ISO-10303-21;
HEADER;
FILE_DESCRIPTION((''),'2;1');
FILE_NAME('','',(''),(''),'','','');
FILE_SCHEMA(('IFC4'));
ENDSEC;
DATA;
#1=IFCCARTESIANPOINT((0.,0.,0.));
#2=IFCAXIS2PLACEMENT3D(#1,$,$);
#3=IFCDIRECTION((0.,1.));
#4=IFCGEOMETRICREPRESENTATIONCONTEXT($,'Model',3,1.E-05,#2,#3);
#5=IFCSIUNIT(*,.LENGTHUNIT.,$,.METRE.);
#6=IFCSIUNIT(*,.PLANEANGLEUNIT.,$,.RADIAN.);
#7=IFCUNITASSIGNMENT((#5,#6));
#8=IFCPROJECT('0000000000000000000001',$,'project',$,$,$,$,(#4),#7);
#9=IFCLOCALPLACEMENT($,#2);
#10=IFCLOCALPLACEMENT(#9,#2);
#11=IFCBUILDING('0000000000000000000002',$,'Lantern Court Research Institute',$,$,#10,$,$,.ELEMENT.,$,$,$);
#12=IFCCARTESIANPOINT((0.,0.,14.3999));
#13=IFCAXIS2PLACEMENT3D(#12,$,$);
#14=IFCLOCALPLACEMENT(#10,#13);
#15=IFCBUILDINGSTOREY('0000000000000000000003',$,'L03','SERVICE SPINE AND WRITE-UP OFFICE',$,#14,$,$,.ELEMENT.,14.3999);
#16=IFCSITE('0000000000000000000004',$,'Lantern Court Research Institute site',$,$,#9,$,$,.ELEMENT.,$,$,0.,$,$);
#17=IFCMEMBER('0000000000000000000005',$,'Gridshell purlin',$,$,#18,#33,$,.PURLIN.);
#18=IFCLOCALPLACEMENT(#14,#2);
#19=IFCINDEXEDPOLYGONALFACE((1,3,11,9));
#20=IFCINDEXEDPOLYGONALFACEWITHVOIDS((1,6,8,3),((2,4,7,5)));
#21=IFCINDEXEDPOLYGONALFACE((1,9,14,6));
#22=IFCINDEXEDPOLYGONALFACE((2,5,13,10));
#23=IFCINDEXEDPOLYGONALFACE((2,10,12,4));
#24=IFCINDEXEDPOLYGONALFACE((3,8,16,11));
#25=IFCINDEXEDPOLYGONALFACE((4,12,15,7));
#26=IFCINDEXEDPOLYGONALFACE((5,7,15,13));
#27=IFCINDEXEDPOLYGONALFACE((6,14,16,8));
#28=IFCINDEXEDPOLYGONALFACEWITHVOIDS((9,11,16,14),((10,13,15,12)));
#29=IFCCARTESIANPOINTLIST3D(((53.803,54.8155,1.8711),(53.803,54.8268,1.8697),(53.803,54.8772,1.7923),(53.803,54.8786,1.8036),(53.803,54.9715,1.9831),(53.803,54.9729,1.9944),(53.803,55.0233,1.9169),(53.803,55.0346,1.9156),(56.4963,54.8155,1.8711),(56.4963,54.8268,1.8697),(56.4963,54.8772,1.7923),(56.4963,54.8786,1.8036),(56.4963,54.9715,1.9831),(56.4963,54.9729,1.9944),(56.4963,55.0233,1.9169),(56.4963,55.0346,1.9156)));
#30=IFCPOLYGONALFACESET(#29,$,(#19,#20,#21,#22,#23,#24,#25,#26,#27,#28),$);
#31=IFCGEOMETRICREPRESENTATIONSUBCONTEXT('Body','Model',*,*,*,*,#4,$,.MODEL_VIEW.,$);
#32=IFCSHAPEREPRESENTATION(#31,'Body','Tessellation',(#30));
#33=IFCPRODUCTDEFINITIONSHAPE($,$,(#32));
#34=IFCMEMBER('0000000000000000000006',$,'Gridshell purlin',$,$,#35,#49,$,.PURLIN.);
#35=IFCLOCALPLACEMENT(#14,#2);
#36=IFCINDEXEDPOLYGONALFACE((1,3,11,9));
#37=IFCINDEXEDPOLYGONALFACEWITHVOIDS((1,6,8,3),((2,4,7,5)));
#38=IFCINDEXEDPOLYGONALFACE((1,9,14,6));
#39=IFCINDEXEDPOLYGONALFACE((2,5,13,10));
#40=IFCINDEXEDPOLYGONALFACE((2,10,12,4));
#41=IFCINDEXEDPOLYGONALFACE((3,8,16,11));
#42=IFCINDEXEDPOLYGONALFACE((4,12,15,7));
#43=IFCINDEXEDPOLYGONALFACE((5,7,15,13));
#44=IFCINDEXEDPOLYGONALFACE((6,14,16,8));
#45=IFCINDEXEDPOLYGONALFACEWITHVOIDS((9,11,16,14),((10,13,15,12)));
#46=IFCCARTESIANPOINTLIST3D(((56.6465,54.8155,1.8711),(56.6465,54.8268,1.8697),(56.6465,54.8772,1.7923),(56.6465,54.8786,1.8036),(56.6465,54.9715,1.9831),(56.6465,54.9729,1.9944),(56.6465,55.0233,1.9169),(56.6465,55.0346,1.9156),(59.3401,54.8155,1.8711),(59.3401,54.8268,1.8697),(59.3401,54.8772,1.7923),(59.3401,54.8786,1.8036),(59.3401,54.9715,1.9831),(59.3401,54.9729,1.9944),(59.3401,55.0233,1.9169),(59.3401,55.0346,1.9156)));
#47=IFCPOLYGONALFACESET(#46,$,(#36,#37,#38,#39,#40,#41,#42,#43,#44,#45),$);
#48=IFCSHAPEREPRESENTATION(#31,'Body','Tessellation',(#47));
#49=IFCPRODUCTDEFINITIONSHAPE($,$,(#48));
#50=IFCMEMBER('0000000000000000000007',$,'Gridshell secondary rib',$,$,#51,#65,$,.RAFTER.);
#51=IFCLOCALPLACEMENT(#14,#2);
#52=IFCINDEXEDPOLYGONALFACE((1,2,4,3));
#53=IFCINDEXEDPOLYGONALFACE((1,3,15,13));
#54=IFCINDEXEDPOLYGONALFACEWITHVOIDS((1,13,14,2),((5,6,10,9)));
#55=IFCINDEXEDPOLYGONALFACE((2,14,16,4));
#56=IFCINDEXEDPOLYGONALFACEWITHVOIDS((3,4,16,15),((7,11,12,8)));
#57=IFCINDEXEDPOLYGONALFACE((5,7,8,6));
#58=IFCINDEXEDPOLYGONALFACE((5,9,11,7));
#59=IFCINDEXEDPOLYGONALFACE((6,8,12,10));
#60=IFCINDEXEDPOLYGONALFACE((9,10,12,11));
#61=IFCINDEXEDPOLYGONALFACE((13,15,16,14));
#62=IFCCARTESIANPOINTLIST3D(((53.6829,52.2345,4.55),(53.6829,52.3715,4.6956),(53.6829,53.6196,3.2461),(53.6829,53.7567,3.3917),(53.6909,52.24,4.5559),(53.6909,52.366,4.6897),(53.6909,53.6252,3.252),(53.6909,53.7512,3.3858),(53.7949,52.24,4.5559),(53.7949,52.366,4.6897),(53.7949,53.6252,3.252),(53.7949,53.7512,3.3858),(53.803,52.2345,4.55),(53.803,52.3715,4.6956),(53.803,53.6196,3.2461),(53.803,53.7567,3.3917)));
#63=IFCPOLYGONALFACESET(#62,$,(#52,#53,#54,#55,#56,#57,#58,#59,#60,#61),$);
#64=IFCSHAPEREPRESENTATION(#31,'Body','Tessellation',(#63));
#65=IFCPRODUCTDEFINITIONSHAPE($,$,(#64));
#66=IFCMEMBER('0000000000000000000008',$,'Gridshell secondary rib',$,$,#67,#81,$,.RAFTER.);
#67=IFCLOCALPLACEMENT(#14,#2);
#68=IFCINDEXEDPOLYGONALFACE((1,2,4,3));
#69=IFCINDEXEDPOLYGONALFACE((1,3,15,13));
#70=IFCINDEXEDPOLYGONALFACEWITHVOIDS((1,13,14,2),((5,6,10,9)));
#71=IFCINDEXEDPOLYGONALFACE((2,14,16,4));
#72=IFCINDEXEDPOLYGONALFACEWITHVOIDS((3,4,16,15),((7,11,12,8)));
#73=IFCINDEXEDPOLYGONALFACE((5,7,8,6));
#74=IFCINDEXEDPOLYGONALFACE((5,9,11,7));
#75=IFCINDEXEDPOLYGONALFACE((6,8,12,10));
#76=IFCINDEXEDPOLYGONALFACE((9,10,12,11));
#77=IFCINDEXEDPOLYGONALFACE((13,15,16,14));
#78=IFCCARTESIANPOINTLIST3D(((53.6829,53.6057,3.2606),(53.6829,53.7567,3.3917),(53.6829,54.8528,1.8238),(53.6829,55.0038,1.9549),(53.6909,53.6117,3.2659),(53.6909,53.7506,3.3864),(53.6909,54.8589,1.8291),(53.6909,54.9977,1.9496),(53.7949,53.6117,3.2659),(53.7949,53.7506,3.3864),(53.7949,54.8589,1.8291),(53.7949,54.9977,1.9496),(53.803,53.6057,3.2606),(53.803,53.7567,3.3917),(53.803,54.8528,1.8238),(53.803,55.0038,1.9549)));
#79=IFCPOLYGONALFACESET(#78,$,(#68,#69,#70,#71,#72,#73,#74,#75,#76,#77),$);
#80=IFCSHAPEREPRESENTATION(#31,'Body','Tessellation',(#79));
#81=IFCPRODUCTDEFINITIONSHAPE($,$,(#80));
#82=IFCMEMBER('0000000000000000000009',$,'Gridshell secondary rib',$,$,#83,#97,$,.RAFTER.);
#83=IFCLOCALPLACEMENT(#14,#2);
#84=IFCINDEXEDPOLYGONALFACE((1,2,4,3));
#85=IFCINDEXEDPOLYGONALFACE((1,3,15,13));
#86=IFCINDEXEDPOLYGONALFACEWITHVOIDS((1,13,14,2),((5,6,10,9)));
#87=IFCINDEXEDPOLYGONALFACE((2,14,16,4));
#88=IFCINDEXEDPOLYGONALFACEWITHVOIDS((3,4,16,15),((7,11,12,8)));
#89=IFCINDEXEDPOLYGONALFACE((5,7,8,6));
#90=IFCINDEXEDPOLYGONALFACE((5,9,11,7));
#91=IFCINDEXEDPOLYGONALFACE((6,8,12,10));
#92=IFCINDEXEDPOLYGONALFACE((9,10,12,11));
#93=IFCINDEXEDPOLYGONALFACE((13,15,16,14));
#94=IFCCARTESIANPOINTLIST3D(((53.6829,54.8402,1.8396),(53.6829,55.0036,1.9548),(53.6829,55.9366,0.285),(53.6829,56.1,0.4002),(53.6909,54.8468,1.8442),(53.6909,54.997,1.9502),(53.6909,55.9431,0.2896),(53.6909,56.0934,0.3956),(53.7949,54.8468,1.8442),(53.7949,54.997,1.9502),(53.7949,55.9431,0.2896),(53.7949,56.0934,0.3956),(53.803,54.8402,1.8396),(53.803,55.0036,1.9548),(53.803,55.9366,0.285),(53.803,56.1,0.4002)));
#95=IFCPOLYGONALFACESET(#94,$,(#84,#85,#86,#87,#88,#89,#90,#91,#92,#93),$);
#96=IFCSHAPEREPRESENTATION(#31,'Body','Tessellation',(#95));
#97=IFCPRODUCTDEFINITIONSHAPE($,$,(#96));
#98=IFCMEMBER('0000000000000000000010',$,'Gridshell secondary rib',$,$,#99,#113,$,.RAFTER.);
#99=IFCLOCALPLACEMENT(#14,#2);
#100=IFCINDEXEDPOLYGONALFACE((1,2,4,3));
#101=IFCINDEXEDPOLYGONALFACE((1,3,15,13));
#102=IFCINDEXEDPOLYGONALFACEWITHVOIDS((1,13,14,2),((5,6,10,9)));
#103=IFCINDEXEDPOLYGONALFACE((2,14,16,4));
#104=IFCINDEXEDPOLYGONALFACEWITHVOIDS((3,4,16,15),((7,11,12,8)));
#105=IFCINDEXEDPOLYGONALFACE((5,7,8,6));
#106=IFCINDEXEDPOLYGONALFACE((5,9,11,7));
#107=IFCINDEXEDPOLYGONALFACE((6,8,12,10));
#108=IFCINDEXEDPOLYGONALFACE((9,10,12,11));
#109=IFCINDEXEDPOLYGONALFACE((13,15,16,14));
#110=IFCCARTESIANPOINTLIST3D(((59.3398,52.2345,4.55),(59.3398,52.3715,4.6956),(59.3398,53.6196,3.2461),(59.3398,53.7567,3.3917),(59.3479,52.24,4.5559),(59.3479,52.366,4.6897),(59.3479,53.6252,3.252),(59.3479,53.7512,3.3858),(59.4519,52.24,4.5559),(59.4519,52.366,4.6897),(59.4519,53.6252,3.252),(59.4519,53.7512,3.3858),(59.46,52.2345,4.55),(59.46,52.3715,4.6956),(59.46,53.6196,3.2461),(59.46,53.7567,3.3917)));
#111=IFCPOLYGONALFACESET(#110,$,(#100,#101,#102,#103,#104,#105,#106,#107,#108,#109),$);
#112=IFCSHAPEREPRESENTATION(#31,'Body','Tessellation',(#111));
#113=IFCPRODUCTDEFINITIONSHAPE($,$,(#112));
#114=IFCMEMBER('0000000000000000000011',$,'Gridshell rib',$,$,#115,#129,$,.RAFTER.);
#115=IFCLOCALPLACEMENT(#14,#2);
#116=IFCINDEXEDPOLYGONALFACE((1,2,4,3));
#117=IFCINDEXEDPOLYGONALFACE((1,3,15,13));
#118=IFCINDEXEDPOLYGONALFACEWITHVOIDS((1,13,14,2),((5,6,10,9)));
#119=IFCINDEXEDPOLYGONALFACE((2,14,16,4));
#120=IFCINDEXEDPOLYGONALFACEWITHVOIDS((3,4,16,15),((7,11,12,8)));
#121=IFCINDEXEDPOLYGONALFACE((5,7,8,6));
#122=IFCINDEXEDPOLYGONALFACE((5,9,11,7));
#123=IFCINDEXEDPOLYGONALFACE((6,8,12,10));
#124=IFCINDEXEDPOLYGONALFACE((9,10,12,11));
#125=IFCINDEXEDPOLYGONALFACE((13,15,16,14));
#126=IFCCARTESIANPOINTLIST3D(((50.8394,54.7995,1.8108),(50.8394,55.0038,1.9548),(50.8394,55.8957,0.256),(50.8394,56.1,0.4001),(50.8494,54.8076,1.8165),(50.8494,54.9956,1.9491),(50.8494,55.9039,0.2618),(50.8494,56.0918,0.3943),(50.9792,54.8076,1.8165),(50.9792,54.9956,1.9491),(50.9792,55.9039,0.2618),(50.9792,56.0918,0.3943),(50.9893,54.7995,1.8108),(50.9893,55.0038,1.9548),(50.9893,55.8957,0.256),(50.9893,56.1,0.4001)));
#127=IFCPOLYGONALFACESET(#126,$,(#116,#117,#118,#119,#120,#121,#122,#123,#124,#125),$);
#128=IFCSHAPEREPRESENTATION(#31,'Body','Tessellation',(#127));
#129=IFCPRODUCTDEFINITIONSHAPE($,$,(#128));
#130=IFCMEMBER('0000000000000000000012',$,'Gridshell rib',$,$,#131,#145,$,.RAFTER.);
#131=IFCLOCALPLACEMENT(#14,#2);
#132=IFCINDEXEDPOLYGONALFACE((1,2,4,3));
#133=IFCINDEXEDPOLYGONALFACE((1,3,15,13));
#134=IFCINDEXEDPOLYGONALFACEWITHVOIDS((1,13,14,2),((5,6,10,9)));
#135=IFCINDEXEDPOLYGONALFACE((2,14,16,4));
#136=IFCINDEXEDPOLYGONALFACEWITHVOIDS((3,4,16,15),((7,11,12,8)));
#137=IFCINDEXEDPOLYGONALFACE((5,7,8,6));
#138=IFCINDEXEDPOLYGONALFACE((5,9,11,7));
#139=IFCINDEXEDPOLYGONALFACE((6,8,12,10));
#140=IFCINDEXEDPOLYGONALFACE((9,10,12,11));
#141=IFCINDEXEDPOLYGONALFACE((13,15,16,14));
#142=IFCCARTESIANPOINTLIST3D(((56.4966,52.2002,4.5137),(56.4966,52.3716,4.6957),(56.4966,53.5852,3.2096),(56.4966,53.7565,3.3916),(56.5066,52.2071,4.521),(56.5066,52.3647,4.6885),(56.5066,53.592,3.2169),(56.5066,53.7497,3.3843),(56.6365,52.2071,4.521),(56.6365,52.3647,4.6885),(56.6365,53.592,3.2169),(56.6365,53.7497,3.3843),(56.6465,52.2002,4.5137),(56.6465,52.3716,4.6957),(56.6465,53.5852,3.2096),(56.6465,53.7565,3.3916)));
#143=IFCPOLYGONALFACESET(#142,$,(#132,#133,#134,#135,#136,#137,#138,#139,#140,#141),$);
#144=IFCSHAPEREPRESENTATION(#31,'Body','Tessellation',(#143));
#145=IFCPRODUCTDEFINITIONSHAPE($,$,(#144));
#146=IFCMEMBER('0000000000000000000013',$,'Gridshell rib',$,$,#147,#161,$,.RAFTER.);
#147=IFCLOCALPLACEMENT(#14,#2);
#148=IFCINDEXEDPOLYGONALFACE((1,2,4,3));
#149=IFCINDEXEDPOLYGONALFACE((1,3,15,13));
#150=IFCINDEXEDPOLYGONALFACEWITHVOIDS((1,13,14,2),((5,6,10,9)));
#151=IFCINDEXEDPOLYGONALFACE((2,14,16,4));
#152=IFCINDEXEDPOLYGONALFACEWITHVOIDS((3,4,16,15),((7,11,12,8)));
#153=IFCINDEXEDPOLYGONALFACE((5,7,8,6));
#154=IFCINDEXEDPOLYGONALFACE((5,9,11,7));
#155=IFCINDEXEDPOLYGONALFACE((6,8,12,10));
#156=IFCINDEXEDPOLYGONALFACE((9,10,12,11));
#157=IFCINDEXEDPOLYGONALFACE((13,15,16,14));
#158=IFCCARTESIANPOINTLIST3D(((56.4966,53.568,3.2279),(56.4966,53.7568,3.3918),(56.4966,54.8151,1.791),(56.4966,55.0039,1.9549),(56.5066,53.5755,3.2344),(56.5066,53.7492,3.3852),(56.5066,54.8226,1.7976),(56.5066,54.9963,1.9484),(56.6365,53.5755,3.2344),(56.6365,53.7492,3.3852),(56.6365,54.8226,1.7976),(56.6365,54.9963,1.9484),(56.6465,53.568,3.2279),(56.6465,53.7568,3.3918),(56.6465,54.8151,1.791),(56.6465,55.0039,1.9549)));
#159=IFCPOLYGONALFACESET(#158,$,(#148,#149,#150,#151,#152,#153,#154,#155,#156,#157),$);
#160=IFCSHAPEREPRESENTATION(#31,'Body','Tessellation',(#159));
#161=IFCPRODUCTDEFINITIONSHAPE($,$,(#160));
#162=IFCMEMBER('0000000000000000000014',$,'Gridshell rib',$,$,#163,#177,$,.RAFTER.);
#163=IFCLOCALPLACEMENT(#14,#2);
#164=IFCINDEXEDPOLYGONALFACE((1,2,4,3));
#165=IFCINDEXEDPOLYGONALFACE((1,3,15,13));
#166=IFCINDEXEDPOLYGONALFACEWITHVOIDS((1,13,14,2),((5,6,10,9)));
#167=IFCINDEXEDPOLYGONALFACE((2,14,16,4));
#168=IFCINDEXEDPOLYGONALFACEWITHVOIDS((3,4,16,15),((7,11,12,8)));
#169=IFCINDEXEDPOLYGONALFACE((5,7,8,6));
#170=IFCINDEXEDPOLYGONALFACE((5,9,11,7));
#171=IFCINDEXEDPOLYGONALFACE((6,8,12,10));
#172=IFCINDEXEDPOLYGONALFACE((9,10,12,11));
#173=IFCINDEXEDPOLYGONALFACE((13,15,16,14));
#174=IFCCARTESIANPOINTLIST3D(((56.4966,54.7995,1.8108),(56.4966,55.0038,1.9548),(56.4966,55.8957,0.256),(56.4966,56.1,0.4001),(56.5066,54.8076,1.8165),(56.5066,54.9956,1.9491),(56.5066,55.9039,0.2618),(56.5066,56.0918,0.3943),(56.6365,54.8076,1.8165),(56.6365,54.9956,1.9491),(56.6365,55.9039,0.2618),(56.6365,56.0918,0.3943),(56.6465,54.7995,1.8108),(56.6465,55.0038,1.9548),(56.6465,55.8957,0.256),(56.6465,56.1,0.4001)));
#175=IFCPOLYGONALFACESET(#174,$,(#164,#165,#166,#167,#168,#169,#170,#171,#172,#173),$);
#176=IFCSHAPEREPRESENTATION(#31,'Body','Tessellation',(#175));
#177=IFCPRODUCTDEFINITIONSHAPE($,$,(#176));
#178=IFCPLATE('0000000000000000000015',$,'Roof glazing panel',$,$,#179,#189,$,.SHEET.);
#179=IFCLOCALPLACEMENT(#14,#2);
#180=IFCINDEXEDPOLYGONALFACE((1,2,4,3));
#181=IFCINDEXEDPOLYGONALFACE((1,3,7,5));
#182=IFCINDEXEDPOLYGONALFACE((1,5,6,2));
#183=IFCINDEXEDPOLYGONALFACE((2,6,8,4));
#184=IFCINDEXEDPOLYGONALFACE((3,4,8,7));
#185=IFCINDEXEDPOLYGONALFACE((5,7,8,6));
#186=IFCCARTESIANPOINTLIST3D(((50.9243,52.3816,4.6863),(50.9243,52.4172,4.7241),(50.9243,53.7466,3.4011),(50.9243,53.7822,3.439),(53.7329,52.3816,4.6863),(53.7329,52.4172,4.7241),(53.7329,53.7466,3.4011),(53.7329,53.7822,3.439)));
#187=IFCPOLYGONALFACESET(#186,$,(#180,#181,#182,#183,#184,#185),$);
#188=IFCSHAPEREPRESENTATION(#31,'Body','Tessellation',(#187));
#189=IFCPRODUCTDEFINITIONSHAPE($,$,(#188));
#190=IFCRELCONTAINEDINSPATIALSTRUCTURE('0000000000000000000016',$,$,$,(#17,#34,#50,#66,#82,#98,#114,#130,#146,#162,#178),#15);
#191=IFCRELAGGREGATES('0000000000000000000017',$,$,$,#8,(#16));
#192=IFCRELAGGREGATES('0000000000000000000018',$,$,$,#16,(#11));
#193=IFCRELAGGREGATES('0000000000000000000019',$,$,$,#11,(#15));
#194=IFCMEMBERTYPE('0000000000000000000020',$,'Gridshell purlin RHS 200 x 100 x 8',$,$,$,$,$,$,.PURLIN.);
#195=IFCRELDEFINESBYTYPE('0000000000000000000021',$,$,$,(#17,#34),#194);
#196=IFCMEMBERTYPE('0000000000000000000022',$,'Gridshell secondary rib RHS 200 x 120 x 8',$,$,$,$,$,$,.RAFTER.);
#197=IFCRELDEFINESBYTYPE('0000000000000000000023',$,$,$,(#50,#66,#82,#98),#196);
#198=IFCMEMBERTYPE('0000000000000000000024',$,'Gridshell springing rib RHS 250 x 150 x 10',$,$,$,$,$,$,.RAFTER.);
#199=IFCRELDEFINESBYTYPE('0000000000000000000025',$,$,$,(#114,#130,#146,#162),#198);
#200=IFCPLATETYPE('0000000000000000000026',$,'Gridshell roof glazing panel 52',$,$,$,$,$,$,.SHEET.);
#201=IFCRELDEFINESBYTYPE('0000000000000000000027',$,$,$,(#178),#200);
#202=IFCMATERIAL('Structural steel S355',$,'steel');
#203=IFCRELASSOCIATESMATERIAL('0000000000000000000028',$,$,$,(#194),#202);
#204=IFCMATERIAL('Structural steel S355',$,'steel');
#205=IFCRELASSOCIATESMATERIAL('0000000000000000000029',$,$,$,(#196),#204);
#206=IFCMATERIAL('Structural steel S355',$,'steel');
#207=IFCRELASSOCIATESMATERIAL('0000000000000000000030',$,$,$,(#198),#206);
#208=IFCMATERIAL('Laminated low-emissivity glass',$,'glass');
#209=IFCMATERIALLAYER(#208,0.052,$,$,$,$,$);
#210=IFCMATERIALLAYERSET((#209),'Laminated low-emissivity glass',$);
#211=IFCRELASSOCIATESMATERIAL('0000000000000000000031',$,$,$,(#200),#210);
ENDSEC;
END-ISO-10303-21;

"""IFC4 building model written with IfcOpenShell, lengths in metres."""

from ifc_helpers import new_model, si_unit, direction, frame, origin, origin_2d, place, context, subcontext, project, spatial, polyline, hollow_rectangle, outline, extrude, material, layer, layer_set, material_profile, profile_set, type_object, element, save


model = new_model("IFC4")

# Units and contexts
model_context = context("Model", 3, precision=1e-05, world=origin(), true_north=direction((0.0, 1.0)))
body_context = subcontext(model_context, "Body", "Model", "MODEL_VIEW")
ifc_project = project(units=[si_unit("LENGTHUNIT", "METRE"), si_unit("PLANEANGLEUNIT", "RADIAN")], contexts=[model_context])

# Site, building, storey
site_placement = place(None, origin())
site = spatial("IfcSite", under=ifc_project, at=site_placement, Name="Lantern Court Research Institute site", CompositionType="ELEMENT", RefElevation=0.0)
building_placement = place(site_placement, origin())
building = spatial("IfcBuilding", under=site, at=building_placement, Name="Lantern Court Research Institute", CompositionType="ELEMENT")
storey_placement = place(building_placement, frame((0.0, 0.0, 14.3999)))
storey = spatial("IfcBuildingStorey", under=building, at=storey_placement, Name="L03", Description="SERVICE SPINE AND WRITE-UP OFFICE", CompositionType="ELEMENT", Elevation=14.3999)

# Members
ifc_material_1 = material(Name="Structural steel S355", Category="steel")
ifc_material_profile_1 = material_profile(ifc_material_1, hollow_rectangle(XDim=0.1001, YDim=0.2, WallThickness=0.0081, at=origin_2d()), Name="Gridshell purlin RHS 200 x 100 x 8")
ifc_profile_set_1 = profile_set([ifc_material_profile_1], Name="Structural steel S355")
member_type_1 = type_object("IfcMemberType", Name="Gridshell purlin RHS 200 x 100 x 8", PredefinedType="PURLIN", material=ifc_profile_set_1)
member_1_placement = place(storey_placement, frame((53.803, 54.925, 1.8933), z_axis=(1.0, 0.0, 0.0), x_axis=(0.0, 0.616657, -0.787232)))
element("IfcMember", 1, at=member_1_placement, inside=storey, type_object=member_type_1, Name="Gridshell purlin", PredefinedType="PURLIN", context=body_context, shape_type="SweptSolid", body=[
    extrude(hollow_rectangle(XDim=0.1001, YDim=0.2, WallThickness=0.0081, at=origin_2d()), origin(), (0.0, 0.0, 1.0), 2.6934),
])
member_2_placement = place(storey_placement, frame((56.6465, 54.925, 1.8933), z_axis=(1.0, 0.0, 0.0), x_axis=(0.0, 0.616657, -0.787232)))
element("IfcMember", 2, at=member_2_placement, inside=storey, type_object=member_type_1, Name="Gridshell purlin", PredefinedType="PURLIN", context=body_context, shape_type="SweptSolid", body=[
    extrude(hollow_rectangle(XDim=0.1001, YDim=0.2, WallThickness=0.0081, at=origin_2d()), origin(), (0.0, 0.0, 1.0), 2.6936),
])
ifc_material_2 = material(Name="Structural steel S355", Category="steel")
ifc_material_profile_2 = material_profile(ifc_material_2, hollow_rectangle(XDim=0.1201, YDim=0.2, WallThickness=0.0081, at=origin_2d()), Name="Gridshell secondary rib RHS 200 x 120 x 8")
ifc_profile_set_2 = profile_set([ifc_material_profile_2], Name="Structural steel S355")
member_type_2 = type_object("IfcMemberType", Name="Gridshell secondary rib RHS 200 x 120 x 8", PredefinedType="RAFTER", material=ifc_profile_set_2)
member_3_placement = place(storey_placement, frame((53.7429, 52.303, 4.6228), z_axis=(0.0, 0.728151, -0.685417), x_axis=(-1.0, 0.0, 0.0)))
element("IfcMember", 3, at=member_3_placement, inside=storey, type_object=member_type_2, Name="Gridshell secondary rib", PredefinedType="RAFTER", context=body_context, shape_type="SweptSolid", body=[
    extrude(hollow_rectangle(XDim=0.1201, YDim=0.2, WallThickness=0.0081, at=origin_2d()), origin(), (0.0, 0.0, 1.0), 1.9023),
])
member_4_placement = place(storey_placement, frame((53.7429, 53.6812, 3.3262), z_axis=(0.0, 0.655492, -0.755202), x_axis=(-1.0, 0.0, 0.0)))
element("IfcMember", 4, at=member_4_placement, inside=storey, type_object=member_type_2, Name="Gridshell secondary rib", PredefinedType="RAFTER", context=body_context, shape_type="SweptSolid", body=[
    extrude(hollow_rectangle(XDim=0.1201, YDim=0.2, WallThickness=0.0081, at=origin_2d()), origin(), (0.0, 0.0, 1.0), 1.9026),
])
for number, where, z_axis, x_axis, name in (
    (5, (53.7429, 54.9219, 1.8972), (0.0, 0.576335, -0.817213), (-1.0, 0.0, 0.0), "Gridshell secondary rib"),
    (6, (59.3999, 52.303, 4.6228), (0.0, 0.728151, -0.685417), (-1.0, 0.0, 0.0), "Gridshell secondary rib"),
):
    element("IfcMember", number, at=place(storey_placement, frame(where, z_axis=z_axis, x_axis=x_axis)), inside=storey, type_object=member_type_2, Name=name, PredefinedType="RAFTER", context=body_context, shape_type="SweptSolid", body=[
        extrude(hollow_rectangle(XDim=0.1201, YDim=0.2, WallThickness=0.0081, at=origin_2d()), origin(), (0.0, 0.0, 1.0), 1.9023),
    ])
ifc_material_3 = material(Name="Structural steel S355", Category="steel")
ifc_material_profile_3 = material_profile(ifc_material_3, hollow_rectangle(XDim=0.1499, YDim=0.25, WallThickness=0.01, at=origin_2d()), Name="Gridshell springing rib RHS 250 x 150 x 10")
ifc_profile_set_3 = profile_set([ifc_material_profile_3], Name="Structural steel S355")
member_type_3 = type_object("IfcMemberType", Name="Gridshell springing rib RHS 250 x 150 x 10", PredefinedType="RAFTER", material=ifc_profile_set_3)
for number, where, z_axis, x_axis, name in (
    (7, (50.9143, 54.9016, 1.8828), (0.0, 0.57625, -0.817274), (-1.0, 0.0, 0.0), "Gridshell rib"),
    (8, (56.5715, 52.2859, 4.6047), (0.0, 0.728027, -0.685549), (-1.0, 0.0, 0.0), "Gridshell rib"),
):
    element("IfcMember", number, at=place(storey_placement, frame(where, z_axis=z_axis, x_axis=x_axis)), inside=storey, type_object=member_type_3, Name=name, PredefinedType="RAFTER", context=body_context, shape_type="SweptSolid", body=[
        extrude(hollow_rectangle(XDim=0.1499, YDim=0.25, WallThickness=0.01, at=origin_2d()), origin(), (0.0, 0.0, 1.0), 1.9023),
    ])
member_5_placement = place(storey_placement, frame((56.5715, 53.6624, 3.3098), z_axis=(0.0, 0.655492, -0.755202), x_axis=(-1.0, 0.0, 0.0)))
element("IfcMember", 9, at=member_5_placement, inside=storey, type_object=member_type_3, Name="Gridshell rib", PredefinedType="RAFTER", context=body_context, shape_type="SweptSolid", body=[
    extrude(hollow_rectangle(XDim=0.1499, YDim=0.25, WallThickness=0.01, at=origin_2d()), origin(), (0.0, 0.0, 1.0), 1.9026),
])
member_6_placement = place(storey_placement, frame((56.5715, 54.9016, 1.8828), z_axis=(0.0, 0.57625, -0.817274), x_axis=(-1.0, 0.0, 0.0)))
element("IfcMember", 10, at=member_6_placement, inside=storey, type_object=member_type_3, Name="Gridshell rib", PredefinedType="RAFTER", context=body_context, shape_type="SweptSolid", body=[
    extrude(hollow_rectangle(XDim=0.1499, YDim=0.25, WallThickness=0.01, at=origin_2d()), origin(), (0.0, 0.0, 1.0), 1.9023),
])

# Plate
ifc_material_4 = material(Name="Laminated low-emissivity glass", Category="glass")
ifc_layer = layer(ifc_material_4, 0.052)
ifc_layer_set = layer_set([ifc_layer], Name="Laminated low-emissivity glass")
plate_type = type_object("IfcPlateType", Name="Gridshell roof glazing panel 52", PredefinedType="SHEET", material=ifc_layer_set)
plate_1_placement = place(storey_placement, frame((53.7329, 52.4172, 4.7241), z_axis=(0.0, 0.685495, 0.728078), x_axis=(-1.0, 0.0, 0.0)))
element("IfcPlate", 11, at=plate_1_placement, inside=storey, type_object=plate_type, Name="Roof glazing panel", PredefinedType="SHEET", context=body_context, shape_type="SweptSolid", body=[
    extrude(outline(polyline([(0.0, 0.0), (2.8086, 0.0), (2.8086, -1.8748), (0.0, -1.8748), (0.0, 0.0)])), origin(), (0.0, 0.0, -1.0), 0.052),
])

save(model, "model.ifc")
